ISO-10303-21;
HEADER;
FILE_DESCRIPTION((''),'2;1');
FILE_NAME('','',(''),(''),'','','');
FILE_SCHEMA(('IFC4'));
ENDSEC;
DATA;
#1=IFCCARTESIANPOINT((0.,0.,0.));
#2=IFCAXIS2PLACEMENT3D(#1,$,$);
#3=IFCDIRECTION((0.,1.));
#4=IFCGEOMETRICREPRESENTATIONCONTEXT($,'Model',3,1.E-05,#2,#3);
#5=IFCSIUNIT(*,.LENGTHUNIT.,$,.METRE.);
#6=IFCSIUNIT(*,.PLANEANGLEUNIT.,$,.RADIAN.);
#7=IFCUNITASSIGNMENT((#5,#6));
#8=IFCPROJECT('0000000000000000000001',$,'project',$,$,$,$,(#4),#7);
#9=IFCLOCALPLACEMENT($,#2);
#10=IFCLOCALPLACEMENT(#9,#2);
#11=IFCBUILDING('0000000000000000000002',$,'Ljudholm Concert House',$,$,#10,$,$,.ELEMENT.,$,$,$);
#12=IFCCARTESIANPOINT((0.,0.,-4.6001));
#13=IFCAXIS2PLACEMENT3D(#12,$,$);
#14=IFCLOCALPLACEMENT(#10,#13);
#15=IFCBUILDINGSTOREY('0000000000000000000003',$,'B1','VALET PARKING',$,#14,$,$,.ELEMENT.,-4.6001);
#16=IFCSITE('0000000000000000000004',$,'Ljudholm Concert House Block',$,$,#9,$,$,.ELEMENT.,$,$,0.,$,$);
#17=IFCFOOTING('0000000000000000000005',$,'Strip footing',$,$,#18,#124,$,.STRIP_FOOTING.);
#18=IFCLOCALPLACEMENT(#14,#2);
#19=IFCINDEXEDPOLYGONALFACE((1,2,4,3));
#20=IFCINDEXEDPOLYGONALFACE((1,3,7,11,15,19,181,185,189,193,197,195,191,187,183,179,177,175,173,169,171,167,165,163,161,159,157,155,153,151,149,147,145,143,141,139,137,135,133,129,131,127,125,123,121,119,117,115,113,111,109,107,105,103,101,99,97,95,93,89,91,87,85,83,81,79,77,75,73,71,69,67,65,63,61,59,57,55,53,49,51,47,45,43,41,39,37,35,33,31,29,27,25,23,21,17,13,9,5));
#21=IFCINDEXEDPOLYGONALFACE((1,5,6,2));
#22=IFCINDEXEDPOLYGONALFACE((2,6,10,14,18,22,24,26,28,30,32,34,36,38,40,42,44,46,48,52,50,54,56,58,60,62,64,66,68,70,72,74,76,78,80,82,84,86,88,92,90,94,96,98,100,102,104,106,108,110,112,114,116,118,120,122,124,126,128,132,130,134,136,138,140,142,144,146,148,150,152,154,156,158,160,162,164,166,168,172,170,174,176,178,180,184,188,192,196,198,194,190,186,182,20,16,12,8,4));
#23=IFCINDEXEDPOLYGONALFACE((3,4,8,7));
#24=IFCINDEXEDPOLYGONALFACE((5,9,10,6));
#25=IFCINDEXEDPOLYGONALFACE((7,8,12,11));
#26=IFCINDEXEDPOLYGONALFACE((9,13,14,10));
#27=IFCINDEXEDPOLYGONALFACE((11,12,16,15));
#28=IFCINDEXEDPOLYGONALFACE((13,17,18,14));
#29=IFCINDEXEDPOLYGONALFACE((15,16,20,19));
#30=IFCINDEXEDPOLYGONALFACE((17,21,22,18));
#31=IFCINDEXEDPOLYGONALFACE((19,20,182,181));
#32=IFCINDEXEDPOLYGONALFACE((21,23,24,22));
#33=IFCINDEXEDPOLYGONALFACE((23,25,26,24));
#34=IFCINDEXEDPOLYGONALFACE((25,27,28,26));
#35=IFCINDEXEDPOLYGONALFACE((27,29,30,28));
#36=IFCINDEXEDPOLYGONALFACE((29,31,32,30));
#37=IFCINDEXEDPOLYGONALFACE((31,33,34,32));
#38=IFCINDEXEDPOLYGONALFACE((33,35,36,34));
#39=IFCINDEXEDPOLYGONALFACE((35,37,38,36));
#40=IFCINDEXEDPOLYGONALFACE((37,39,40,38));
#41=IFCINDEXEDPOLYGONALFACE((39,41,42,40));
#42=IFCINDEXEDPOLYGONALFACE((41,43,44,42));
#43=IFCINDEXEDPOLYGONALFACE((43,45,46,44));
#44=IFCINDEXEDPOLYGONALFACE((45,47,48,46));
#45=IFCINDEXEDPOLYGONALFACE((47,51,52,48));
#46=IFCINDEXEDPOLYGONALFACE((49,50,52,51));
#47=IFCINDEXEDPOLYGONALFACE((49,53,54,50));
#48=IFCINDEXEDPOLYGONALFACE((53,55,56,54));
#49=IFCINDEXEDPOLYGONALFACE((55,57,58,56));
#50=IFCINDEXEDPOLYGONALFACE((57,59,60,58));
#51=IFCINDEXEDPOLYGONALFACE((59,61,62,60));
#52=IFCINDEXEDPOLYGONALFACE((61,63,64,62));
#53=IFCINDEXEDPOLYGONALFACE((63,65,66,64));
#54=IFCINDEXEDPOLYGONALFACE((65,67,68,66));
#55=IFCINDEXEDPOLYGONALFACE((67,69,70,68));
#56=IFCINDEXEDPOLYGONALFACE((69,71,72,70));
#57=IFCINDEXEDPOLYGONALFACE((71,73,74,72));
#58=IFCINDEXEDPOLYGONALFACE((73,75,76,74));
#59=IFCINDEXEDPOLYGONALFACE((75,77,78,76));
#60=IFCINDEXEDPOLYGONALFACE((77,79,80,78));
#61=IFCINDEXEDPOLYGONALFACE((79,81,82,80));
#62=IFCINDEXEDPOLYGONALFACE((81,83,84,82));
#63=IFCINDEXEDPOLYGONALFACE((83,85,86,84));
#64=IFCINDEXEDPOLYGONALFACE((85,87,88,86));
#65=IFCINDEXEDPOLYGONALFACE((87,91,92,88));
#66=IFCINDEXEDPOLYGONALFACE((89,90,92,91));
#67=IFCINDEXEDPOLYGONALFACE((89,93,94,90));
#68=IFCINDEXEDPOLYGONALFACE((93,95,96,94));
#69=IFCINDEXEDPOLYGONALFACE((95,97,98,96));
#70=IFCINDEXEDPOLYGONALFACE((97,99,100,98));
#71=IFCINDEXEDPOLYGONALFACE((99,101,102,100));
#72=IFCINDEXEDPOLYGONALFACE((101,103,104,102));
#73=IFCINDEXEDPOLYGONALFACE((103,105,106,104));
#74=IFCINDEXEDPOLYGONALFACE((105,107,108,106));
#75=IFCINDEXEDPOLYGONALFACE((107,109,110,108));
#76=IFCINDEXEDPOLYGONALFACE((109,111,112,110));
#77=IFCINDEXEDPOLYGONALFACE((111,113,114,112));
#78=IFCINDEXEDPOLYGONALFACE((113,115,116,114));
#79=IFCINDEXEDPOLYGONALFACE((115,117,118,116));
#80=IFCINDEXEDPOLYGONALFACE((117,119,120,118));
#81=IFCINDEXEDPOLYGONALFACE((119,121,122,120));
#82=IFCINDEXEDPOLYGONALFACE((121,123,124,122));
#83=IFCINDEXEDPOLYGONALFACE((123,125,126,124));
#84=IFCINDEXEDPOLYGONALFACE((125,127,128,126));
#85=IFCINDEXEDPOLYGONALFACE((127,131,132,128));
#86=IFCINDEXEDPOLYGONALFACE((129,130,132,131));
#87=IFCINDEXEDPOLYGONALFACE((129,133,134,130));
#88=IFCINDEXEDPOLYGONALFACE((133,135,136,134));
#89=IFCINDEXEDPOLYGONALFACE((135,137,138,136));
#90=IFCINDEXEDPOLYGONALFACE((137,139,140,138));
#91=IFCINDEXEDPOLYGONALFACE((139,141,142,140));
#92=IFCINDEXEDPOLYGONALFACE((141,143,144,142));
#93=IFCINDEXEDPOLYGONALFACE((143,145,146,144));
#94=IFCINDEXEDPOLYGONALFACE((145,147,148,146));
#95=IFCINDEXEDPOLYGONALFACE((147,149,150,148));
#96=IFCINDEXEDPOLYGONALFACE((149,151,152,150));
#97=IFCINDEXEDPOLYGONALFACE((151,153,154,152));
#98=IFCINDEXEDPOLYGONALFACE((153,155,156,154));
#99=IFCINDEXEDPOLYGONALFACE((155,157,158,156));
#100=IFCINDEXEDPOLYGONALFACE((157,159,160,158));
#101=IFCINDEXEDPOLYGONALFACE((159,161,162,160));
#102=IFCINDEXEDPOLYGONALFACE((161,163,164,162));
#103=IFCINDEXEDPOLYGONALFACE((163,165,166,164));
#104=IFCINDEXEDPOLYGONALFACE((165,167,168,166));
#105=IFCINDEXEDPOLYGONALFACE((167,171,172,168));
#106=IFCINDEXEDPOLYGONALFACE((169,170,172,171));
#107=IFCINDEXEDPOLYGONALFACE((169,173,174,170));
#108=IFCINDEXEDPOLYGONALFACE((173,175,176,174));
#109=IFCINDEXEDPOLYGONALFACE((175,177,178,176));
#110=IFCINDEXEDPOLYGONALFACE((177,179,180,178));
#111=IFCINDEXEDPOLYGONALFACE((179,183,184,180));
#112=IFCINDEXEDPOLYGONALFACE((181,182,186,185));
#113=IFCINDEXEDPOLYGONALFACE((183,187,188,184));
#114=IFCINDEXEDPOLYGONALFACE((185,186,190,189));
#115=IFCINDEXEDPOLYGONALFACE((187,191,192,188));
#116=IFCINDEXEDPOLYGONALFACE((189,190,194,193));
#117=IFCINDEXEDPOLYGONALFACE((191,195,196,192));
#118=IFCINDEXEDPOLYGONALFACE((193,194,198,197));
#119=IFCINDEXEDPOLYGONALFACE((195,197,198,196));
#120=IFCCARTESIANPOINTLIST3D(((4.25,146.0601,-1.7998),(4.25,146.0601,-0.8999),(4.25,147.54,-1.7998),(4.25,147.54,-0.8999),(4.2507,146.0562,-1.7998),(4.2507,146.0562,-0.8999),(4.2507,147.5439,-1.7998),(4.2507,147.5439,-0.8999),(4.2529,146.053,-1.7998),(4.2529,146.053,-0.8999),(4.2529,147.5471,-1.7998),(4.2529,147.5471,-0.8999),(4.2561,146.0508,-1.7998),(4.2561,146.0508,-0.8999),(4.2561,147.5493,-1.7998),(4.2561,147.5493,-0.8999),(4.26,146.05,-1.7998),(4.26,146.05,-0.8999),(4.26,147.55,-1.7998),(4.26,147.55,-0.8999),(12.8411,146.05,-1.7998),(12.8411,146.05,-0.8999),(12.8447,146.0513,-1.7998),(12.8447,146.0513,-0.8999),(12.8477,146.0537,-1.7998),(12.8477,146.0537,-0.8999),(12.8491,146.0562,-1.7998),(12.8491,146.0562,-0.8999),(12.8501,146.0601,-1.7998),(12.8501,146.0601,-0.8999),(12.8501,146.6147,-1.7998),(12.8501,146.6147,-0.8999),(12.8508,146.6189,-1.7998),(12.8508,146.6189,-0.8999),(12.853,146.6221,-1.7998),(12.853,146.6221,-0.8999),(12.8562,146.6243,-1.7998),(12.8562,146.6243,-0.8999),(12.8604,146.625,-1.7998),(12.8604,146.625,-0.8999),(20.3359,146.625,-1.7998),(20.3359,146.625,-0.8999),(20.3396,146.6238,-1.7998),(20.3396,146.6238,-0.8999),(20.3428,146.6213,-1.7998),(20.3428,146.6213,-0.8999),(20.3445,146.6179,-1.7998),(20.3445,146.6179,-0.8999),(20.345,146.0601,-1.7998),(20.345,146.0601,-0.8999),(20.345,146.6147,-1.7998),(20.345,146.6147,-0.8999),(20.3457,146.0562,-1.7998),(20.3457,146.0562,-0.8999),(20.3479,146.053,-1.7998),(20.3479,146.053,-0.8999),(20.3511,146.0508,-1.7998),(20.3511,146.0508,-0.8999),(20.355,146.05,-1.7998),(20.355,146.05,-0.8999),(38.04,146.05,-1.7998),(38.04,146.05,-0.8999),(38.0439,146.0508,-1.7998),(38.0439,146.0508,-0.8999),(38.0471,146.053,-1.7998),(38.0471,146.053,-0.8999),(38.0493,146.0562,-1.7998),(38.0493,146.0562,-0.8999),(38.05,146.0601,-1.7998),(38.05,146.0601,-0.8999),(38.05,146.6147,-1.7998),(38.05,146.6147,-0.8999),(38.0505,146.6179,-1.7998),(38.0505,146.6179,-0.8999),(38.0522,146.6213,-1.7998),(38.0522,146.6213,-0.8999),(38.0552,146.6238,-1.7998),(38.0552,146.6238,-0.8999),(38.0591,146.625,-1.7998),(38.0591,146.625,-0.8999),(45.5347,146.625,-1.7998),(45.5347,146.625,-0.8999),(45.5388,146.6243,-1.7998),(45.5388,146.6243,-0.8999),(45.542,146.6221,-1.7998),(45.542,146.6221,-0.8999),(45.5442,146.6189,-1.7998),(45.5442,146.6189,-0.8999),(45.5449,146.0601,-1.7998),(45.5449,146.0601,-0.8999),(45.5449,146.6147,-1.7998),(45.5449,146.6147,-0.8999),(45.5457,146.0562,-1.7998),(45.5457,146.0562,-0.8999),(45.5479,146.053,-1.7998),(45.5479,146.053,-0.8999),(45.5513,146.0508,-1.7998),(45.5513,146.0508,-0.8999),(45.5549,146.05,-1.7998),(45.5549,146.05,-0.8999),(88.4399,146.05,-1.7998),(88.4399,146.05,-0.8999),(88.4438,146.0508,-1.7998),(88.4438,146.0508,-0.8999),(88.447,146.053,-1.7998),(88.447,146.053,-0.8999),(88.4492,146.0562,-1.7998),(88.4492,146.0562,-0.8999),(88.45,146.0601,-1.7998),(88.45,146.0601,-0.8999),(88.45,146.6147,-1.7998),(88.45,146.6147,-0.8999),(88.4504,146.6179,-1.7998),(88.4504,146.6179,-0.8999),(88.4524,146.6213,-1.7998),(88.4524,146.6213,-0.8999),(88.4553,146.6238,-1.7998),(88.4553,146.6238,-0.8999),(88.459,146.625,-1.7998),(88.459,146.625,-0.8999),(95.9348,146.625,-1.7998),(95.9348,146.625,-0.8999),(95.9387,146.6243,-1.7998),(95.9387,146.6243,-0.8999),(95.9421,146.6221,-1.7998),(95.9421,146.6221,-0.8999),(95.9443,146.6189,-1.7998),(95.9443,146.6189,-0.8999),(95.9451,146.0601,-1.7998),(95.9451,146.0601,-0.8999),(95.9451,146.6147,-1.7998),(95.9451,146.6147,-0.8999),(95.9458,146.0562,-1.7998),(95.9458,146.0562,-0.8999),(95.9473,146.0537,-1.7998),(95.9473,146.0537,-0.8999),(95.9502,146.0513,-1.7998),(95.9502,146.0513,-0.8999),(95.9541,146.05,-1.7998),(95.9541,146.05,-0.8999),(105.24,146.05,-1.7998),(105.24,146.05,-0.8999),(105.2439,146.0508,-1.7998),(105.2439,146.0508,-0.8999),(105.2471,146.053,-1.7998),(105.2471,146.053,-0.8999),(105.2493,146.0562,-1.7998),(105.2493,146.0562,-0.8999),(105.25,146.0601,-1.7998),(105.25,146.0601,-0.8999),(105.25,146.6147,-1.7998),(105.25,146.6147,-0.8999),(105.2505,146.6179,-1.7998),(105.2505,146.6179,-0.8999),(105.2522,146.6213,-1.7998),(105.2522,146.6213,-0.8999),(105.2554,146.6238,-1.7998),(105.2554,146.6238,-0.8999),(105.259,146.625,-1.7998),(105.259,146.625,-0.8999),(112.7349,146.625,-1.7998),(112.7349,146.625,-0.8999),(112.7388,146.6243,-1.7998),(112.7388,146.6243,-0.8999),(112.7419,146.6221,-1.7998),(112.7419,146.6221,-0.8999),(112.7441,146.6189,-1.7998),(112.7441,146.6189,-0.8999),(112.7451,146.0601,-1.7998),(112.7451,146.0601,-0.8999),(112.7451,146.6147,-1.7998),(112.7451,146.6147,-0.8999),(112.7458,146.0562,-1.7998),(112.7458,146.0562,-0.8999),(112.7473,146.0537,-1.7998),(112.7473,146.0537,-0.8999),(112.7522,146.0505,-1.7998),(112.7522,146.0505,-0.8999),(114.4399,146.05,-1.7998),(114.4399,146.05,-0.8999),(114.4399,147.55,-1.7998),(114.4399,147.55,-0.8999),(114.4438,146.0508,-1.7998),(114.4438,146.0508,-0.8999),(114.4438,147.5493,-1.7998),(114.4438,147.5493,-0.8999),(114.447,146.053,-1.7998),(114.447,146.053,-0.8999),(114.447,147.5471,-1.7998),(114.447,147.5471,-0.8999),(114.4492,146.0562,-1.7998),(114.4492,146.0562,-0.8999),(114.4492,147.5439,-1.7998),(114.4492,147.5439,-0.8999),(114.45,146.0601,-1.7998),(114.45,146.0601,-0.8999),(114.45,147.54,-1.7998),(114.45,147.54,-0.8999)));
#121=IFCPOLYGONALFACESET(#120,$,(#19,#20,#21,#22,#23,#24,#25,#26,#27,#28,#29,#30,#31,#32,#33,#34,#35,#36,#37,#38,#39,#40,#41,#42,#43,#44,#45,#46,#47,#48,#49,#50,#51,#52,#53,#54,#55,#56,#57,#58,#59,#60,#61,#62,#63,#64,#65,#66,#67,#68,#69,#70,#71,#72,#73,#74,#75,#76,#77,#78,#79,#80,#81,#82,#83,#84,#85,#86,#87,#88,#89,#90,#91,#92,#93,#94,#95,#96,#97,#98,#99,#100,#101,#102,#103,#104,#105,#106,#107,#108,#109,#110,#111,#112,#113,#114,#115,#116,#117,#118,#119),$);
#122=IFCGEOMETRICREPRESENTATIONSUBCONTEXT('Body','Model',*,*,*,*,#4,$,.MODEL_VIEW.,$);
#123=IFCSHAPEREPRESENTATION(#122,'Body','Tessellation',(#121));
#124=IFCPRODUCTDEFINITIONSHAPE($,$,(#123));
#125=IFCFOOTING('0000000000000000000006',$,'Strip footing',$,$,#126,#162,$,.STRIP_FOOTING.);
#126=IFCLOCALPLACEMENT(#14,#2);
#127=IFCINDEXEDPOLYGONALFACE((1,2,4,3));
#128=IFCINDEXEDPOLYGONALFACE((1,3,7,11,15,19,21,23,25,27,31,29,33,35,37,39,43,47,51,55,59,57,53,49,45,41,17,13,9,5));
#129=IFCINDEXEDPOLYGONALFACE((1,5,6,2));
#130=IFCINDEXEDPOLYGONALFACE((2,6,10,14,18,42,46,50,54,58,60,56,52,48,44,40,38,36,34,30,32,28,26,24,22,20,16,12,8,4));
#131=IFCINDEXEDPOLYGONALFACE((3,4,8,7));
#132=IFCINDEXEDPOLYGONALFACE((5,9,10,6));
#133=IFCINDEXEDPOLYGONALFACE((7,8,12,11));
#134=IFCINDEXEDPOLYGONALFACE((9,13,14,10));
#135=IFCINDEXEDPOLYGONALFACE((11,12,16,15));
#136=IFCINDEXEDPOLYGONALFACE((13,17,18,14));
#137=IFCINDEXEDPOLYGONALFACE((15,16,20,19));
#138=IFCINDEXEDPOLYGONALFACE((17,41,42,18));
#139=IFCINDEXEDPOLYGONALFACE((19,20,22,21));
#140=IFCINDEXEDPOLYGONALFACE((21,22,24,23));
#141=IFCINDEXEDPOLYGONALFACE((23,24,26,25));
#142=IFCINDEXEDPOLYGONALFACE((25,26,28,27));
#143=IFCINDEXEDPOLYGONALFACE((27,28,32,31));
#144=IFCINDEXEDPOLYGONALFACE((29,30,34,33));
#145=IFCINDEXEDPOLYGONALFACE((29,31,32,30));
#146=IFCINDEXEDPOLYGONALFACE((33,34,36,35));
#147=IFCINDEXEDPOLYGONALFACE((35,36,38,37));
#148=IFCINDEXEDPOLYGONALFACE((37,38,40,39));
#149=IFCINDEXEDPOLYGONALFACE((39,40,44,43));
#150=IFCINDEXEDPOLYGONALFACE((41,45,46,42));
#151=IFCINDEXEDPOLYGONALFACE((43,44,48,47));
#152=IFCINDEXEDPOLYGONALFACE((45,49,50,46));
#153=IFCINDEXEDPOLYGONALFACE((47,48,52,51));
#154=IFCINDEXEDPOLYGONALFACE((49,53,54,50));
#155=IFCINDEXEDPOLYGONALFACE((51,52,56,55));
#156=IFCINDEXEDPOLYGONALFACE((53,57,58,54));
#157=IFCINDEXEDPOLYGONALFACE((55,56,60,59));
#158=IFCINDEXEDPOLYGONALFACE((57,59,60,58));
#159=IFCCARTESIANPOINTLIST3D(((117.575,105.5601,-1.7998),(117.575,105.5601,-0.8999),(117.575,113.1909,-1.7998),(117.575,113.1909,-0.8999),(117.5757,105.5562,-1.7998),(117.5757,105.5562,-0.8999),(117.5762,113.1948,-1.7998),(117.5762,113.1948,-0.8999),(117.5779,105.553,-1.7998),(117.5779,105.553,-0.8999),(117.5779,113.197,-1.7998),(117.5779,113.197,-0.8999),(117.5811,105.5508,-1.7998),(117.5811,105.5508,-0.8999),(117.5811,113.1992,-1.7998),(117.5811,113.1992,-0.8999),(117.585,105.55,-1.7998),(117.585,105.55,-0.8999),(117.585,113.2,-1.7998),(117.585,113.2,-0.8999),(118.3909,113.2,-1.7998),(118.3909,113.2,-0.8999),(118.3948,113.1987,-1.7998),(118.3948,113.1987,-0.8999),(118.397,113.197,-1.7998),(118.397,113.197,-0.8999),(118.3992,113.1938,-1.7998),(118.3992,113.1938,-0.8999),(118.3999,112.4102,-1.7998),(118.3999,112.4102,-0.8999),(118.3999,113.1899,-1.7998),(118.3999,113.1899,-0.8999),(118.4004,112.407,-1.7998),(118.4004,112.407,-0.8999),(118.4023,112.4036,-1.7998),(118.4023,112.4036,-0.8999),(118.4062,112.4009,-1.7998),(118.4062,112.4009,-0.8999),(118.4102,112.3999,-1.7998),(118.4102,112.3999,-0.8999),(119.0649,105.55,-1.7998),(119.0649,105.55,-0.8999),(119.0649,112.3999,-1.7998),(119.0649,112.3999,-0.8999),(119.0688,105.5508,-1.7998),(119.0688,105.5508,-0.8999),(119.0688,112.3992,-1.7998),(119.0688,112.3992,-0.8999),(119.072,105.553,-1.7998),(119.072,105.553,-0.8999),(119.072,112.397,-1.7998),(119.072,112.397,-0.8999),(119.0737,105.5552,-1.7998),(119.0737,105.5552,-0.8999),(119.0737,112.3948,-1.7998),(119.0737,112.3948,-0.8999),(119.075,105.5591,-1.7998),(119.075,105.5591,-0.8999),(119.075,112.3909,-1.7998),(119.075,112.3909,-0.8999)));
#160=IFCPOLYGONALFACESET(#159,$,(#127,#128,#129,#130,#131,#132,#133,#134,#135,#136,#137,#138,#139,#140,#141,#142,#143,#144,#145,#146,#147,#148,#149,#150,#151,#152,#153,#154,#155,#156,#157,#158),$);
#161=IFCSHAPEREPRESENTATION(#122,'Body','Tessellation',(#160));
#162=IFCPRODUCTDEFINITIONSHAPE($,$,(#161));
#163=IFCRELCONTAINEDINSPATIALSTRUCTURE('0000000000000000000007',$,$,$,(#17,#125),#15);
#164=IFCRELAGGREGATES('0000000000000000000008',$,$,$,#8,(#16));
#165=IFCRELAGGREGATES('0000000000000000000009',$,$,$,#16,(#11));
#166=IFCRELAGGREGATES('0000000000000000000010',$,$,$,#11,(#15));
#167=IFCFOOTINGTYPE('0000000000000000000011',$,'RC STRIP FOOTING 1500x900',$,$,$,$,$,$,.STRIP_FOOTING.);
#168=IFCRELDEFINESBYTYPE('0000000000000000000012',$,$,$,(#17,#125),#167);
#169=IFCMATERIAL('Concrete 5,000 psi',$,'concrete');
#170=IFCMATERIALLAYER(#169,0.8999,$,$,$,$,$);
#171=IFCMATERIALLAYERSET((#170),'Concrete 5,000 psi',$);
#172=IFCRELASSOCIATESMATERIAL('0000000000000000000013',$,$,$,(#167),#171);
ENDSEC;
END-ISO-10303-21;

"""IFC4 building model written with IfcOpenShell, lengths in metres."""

from ifc_helpers import new_model, si_unit, direction, frame, origin, place, context, subcontext, project, spatial, polyline, outline, extrude, material, layer, layer_set, type_object, element, save


model = new_model("IFC4")

# Units and contexts
model_context = context("Model", 3, precision=1e-05, world=origin(), true_north=direction((0.0, 1.0)))
body_context = subcontext(model_context, "Body", "Model", "MODEL_VIEW")
ifc_project = project(units=[si_unit("LENGTHUNIT", "METRE"), si_unit("PLANEANGLEUNIT", "RADIAN")], contexts=[model_context])

# Site, building, storey
site_placement = place(None, origin())
site = spatial("IfcSite", under=ifc_project, at=site_placement, Name="Ljudholm Concert House Block", CompositionType="ELEMENT", RefElevation=0.0)
building_placement = place(site_placement, origin())
building = spatial("IfcBuilding", under=site, at=building_placement, Name="Ljudholm Concert House", CompositionType="ELEMENT")
storey_placement = place(building_placement, frame((0.0, 0.0, -4.6001)))
storey = spatial("IfcBuildingStorey", under=building, at=storey_placement, Name="B1", Description="VALET PARKING", CompositionType="ELEMENT", Elevation=-4.6001)

# Footings
ifc_material_1 = material(Name="Concrete 5,000 psi", Category="concrete")
ifc_layer_1 = layer(ifc_material_1, 0.8999)
ifc_layer_set_1 = layer_set([ifc_layer_1], Name="Concrete 5,000 psi")
footing_type_1 = type_object("IfcFootingType", Name="RC STRIP FOOTING 1500x900", PredefinedType="STRIP_FOOTING", material=ifc_layer_set_1)
footing_1_placement = place(storey_placement, frame((0.0, 0.0, -1.7998)))
element("IfcFooting", 1, at=footing_1_placement, inside=storey, type_object=footing_type_1, Name="Strip footing", PredefinedType="STRIP_FOOTING", context=body_context, shape_type="SweptSolid", body=[
    extrude(outline(polyline([(4.25, 147.54), (4.25, 146.0601), (4.2507, 146.0562), (4.2529, 146.053), (4.2561, 146.0508), (4.26, 146.05), (12.8411, 146.05), (12.8447, 146.0513), (12.8477, 146.0537), (12.8491, 146.0562), (12.8501, 146.0601), (12.8501, 146.6147), (12.8508, 146.6189), (12.853, 146.6221), (12.8562, 146.6243), (12.8604, 146.625), (20.3359, 146.625), (20.3396, 146.6238), (20.3428, 146.6213), (20.3445, 146.6179), (20.345, 146.6147), (20.345, 146.0601), (20.3457, 146.0562), (20.3479, 146.053), (20.3511, 146.0508), (20.355, 146.05), (38.04, 146.05), (38.0439, 146.0508), (38.0471, 146.053), (38.0493, 146.0562), (38.05, 146.0601), (38.05, 146.6147), (38.0505, 146.6179), (38.0522, 146.6213), (38.0552, 146.6238), (38.0591, 146.625), (45.5347, 146.625), (45.5388, 146.6243), (45.542, 146.6221), (45.5442, 146.6189), (45.5449, 146.6147), (45.5449, 146.0601), (45.5457, 146.0562), (45.5479, 146.053), (45.5513, 146.0508), (45.5549, 146.05), (88.4399, 146.05), (88.4438, 146.0508), (88.447, 146.053), (88.4492, 146.0562), (88.45, 146.0601), (88.45, 146.6147), (88.4504, 146.6179), (88.4524, 146.6213), (88.4553, 146.6238), (88.459, 146.625), (95.9348, 146.625), (95.9387, 146.6243), (95.9421, 146.6221), (95.9443, 146.6189), (95.9451, 146.6147), (95.9451, 146.0601), (95.9458, 146.0562), (95.9473, 146.0537), (95.9502, 146.0513), (95.9541, 146.05), (105.24, 146.05), (105.2439, 146.0508), (105.2471, 146.053), (105.2493, 146.0562), (105.25, 146.0601), (105.25, 146.6147), (105.2505, 146.6179), (105.2522, 146.6213), (105.2554, 146.6238), (105.259, 146.625), (112.7349, 146.625), (112.7388, 146.6243), (112.7419, 146.6221), (112.7441, 146.6189), (112.7451, 146.6147), (112.7451, 146.0601), (112.7458, 146.0562), (112.7473, 146.0537), (112.7522, 146.0505), (114.4399, 146.05), (114.4438, 146.0508), (114.447, 146.053), (114.4492, 146.0562), (114.45, 146.0601), (114.45, 147.54), (114.4492, 147.5439), (114.447, 147.5471), (114.4438, 147.5493), (114.4399, 147.55), (4.26, 147.55), (4.2561, 147.5493), (4.2529, 147.5471), (4.2507, 147.5439), (4.25, 147.54)])), origin(), (0.0, 0.0, 1.0), 0.8999),
])
footing_2_placement = place(storey_placement, frame((0.0, 0.0, -1.7998)))
element("IfcFooting", 2, at=footing_2_placement, inside=storey, type_object=footing_type_1, Name="Strip footing", PredefinedType="STRIP_FOOTING", context=body_context, shape_type="SweptSolid", body=[
    extrude(outline(polyline([(117.585, 105.55), (119.0649, 105.55), (119.0688, 105.5508), (119.072, 105.553), (119.0737, 105.5552), (119.075, 105.5591), (119.075, 112.3909), (119.0737, 112.3948), (119.072, 112.397), (119.0688, 112.3992), (119.0649, 112.3999), (118.4102, 112.3999), (118.4062, 112.4009), (118.4023, 112.4036), (118.4004, 112.407), (118.3999, 112.4102), (118.3999, 113.1899), (118.3992, 113.1938), (118.397, 113.197), (118.3948, 113.1987), (118.3909, 113.2), (117.585, 113.2), (117.5811, 113.1992), (117.5779, 113.197), (117.5762, 113.1948), (117.575, 113.1909), (117.575, 105.5601), (117.5757, 105.5562), (117.5779, 105.553), (117.5811, 105.5508), (117.585, 105.55)])), origin(), (0.0, 0.0, 1.0), 0.8999),
])

save(model, "model.ifc")
